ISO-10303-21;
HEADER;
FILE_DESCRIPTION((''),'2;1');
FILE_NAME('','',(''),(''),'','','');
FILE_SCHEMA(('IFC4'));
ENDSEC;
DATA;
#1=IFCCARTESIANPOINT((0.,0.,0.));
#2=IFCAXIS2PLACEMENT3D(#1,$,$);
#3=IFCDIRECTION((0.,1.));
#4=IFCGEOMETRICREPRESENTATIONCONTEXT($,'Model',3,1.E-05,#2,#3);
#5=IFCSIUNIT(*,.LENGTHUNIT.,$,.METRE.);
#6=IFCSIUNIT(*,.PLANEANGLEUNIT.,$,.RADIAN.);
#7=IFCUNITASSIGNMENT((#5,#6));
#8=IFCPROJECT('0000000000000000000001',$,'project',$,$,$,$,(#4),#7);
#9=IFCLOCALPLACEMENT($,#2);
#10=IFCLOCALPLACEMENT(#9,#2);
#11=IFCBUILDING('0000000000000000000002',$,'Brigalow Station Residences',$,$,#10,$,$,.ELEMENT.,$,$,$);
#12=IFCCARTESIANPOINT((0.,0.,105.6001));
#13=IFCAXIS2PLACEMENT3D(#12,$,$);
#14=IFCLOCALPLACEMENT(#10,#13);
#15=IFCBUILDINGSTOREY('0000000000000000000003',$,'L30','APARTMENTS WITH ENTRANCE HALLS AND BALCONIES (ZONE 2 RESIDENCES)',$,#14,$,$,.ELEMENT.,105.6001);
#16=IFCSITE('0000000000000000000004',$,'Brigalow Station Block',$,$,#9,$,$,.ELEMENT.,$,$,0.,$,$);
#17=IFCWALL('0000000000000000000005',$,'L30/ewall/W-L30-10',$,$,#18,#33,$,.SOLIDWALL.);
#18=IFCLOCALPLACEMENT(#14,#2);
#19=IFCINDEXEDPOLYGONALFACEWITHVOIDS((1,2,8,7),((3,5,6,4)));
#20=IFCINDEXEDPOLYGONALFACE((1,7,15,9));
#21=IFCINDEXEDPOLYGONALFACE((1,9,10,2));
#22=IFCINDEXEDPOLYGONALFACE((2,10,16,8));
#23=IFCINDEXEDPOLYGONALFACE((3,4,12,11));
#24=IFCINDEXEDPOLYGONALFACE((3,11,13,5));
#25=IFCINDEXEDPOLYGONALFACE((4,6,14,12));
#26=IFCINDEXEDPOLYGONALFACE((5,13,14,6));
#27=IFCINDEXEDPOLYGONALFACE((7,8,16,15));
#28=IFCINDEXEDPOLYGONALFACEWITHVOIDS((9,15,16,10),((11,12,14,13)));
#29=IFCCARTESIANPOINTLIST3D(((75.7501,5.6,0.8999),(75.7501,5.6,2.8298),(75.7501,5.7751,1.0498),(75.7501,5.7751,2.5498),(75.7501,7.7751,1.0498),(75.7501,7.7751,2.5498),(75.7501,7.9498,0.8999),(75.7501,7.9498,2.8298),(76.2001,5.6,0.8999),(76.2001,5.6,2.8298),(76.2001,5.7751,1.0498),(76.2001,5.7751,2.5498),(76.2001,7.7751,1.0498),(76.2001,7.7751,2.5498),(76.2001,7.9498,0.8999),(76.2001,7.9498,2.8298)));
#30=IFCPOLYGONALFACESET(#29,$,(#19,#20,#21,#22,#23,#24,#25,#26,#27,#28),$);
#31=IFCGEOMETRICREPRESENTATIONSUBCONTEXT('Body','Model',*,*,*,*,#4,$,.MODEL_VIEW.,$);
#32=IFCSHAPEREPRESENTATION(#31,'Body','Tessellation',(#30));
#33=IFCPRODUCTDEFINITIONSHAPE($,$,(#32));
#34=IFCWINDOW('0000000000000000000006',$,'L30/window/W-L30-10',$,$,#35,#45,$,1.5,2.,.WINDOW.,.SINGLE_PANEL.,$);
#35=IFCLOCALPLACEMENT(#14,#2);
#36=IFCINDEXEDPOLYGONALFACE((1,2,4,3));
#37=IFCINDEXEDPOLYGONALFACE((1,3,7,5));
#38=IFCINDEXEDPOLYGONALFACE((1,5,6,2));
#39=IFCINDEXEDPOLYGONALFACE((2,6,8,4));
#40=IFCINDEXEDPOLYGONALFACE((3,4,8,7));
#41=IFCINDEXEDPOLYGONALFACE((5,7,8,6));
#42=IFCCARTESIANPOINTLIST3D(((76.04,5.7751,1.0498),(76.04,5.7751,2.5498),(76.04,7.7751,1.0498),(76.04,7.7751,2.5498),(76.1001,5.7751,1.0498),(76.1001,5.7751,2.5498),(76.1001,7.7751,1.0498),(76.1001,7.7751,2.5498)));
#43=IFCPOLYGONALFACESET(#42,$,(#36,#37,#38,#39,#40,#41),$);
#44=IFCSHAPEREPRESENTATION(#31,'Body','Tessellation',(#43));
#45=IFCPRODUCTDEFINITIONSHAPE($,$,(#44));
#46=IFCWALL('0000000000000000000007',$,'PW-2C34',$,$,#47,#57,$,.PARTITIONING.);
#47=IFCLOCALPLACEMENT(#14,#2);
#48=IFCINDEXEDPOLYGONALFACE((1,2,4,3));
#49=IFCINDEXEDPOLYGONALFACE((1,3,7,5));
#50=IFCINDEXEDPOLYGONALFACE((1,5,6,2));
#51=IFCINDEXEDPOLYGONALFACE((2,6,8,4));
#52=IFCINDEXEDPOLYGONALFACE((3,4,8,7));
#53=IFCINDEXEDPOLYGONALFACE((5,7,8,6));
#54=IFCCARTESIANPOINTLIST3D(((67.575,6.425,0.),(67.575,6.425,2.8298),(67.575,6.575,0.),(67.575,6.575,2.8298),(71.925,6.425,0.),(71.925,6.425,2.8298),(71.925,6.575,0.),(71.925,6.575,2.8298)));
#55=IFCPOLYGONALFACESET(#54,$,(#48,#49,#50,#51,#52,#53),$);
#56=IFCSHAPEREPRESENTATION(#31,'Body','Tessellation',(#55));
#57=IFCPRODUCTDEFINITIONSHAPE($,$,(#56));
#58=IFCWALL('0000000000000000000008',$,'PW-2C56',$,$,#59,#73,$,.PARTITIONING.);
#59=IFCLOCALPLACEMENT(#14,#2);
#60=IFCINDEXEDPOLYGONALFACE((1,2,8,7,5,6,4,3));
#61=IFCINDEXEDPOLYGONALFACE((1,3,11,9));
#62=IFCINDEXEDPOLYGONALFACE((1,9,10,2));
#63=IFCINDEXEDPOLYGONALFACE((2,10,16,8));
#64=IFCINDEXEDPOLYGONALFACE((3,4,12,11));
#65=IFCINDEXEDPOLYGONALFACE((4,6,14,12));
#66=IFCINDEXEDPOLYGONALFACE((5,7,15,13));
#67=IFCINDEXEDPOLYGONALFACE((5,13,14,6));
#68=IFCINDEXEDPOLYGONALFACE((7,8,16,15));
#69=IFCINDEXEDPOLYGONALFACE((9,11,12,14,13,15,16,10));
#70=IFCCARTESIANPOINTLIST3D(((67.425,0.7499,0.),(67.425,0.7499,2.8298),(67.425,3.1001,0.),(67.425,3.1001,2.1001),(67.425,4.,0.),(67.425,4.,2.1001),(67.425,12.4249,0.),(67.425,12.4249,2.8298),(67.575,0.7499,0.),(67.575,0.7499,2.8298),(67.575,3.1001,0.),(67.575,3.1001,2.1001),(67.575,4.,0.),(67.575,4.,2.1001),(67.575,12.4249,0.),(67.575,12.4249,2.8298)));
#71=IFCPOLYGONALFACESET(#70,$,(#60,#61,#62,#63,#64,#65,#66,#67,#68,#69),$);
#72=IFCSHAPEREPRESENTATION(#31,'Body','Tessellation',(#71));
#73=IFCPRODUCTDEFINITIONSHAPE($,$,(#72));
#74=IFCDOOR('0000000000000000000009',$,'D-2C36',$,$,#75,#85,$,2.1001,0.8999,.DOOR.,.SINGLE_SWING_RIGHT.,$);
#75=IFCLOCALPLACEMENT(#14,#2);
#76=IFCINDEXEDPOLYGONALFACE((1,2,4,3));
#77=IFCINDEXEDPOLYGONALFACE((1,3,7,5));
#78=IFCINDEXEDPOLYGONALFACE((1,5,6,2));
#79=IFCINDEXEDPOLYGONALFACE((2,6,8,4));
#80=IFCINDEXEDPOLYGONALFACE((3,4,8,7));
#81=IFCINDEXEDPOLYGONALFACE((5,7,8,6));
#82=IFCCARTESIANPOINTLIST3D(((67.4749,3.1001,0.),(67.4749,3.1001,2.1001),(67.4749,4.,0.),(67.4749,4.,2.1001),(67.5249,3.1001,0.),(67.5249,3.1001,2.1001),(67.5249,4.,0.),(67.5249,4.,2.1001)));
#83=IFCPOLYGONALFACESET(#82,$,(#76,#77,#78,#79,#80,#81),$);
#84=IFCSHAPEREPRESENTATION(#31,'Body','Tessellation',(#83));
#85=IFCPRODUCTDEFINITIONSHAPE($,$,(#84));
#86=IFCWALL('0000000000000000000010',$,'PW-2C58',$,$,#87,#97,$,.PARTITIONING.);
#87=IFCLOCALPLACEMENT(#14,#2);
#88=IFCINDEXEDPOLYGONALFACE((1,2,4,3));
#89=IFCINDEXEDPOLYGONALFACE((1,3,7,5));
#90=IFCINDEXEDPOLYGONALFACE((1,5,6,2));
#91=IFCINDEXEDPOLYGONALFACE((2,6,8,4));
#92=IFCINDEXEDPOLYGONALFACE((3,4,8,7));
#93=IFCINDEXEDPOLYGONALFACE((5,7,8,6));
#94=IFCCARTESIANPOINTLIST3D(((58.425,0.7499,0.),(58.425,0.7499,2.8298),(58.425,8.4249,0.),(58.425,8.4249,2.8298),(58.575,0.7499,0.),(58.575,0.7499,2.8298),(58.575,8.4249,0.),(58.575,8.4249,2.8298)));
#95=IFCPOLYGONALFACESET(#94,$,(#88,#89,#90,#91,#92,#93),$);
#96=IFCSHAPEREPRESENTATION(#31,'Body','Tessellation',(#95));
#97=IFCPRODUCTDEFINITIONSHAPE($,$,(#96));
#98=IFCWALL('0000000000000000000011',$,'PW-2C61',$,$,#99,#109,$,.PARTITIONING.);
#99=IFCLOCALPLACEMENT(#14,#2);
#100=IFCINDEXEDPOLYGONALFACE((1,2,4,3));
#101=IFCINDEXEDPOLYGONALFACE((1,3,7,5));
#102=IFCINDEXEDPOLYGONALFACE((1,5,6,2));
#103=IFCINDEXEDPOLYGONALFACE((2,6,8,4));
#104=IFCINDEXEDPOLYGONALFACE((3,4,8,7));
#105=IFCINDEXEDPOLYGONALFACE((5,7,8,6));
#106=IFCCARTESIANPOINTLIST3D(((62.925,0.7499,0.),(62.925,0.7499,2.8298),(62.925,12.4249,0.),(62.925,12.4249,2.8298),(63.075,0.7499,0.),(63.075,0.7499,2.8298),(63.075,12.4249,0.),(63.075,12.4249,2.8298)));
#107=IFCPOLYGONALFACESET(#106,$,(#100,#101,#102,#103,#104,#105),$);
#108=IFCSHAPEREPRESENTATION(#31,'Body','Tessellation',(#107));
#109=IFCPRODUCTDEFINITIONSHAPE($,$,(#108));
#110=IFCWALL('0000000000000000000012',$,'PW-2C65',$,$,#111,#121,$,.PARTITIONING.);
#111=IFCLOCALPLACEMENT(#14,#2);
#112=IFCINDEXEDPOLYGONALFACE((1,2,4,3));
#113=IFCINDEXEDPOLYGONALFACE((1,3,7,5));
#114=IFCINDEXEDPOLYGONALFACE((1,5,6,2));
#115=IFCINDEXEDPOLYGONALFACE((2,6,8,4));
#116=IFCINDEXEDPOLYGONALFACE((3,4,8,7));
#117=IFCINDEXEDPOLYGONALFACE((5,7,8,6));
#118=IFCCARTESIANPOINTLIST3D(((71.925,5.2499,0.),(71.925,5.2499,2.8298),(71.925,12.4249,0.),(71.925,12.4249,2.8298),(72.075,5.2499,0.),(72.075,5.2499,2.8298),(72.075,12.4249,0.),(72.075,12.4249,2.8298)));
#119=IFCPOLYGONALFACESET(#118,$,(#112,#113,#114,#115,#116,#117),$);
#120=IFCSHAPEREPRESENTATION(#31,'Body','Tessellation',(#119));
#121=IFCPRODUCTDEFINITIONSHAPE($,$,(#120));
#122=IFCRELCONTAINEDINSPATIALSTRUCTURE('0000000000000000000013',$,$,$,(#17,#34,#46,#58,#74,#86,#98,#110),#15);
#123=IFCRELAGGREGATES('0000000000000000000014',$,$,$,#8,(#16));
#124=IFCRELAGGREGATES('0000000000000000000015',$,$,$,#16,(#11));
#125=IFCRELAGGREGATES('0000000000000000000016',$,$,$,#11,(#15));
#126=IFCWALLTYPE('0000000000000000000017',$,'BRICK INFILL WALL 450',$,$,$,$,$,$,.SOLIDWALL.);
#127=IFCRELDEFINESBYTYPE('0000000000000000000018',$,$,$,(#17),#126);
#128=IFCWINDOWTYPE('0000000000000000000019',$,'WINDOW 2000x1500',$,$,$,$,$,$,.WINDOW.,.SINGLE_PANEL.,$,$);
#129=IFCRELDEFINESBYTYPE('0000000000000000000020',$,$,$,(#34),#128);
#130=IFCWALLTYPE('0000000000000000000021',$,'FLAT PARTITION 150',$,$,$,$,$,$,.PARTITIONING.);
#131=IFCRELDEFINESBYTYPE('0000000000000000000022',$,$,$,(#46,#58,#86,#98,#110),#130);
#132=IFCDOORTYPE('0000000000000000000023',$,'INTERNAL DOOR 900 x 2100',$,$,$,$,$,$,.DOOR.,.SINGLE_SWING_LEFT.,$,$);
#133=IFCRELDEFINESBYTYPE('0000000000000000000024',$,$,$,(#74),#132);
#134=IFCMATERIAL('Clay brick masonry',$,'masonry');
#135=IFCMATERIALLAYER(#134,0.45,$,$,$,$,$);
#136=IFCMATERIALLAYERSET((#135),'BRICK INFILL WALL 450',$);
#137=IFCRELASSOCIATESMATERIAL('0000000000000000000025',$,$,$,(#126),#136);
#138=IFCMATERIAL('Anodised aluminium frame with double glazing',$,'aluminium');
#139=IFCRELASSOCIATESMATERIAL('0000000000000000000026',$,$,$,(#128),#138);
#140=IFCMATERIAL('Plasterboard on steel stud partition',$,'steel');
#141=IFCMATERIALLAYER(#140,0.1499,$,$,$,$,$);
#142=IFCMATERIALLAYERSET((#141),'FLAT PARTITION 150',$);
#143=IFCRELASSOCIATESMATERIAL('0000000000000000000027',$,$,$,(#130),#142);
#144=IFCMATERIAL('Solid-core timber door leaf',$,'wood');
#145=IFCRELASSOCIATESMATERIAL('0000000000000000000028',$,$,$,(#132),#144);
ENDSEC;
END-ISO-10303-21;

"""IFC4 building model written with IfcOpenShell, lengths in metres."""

from ifc_helpers import new_model, si_unit, direction, frame, frame_2d, origin, place, context, subcontext, project, spatial, rectangle, extrude, material, layer, layer_set, type_object, element, fill, save


model = new_model("IFC4")

# Units and contexts
model_context = context("Model", 3, precision=1e-05, world=origin(), true_north=direction((0.0, 1.0)))
body_context = subcontext(model_context, "Body", "Model", "MODEL_VIEW")
ifc_project = project(units=[si_unit("LENGTHUNIT", "METRE"), si_unit("PLANEANGLEUNIT", "RADIAN")], contexts=[model_context])

# Site, building, storey
site_placement = place(None, origin())
site = spatial("IfcSite", under=ifc_project, at=site_placement, Name="Brigalow Station Block", CompositionType="ELEMENT", RefElevation=0.0)
building_placement = place(site_placement, origin())
building = spatial("IfcBuilding", under=site, at=building_placement, Name="Brigalow Station Residences", CompositionType="ELEMENT")
storey_placement = place(building_placement, frame((0.0, 0.0, 105.6001)))
storey = spatial("IfcBuildingStorey", under=building, at=storey_placement, Name="L30", Description="APARTMENTS WITH ENTRANCE HALLS AND BALCONIES (ZONE 2 RESIDENCES)", CompositionType="ELEMENT", Elevation=105.6001)

# Wall, opening, window
ifc_material_1 = material(Name="Clay brick masonry", Category="masonry")
ifc_layer_1 = layer(ifc_material_1, 0.45)
ifc_layer_set_1 = layer_set([ifc_layer_1], Name="BRICK INFILL WALL 450")
wall_type_1 = type_object("IfcWallType", Name="BRICK INFILL WALL 450", PredefinedType="SOLIDWALL", material=ifc_layer_set_1)
wall_1_placement = place(storey_placement, frame((75.9751, 5.6001, 0.8999), z_axis=(0.0, 0.0, 1.0), x_axis=(0.0, 1.0, 0.0)))
wall_1 = element("IfcWall", 1, at=wall_1_placement, inside=storey, type_object=wall_type_1, Name="L30/ewall/W-L30-10", PredefinedType="SOLIDWALL", context=body_context, shape_type="SweptSolid", body=[
    extrude(rectangle(XDim=2.3499, YDim=0.45, at=frame_2d((1.1748, 0.0))), origin(), (0.0, 0.0, 1.0), 1.9299),
])
opening_1_placement = place(wall_1_placement, frame((0.175, 0.0, 0.1499)))
opening_1 = element("IfcOpeningElement", 2, at=opening_1_placement, cuts=wall_1, PredefinedType="OPENING", context=body_context, shape_type="SweptSolid", body=[
    extrude(rectangle(XDim=2.0, YDim=1.5, at=frame_2d((1.0, 0.75))), frame((0.0, 0.2349, 0.0), z_axis=(0.0, -1.0, 0.0), x_axis=(1.0, 0.0, 0.0)), (0.0, 0.0, 1.0), 0.47),
])
ifc_material_2 = material(Name="Anodised aluminium frame with double glazing", Category="aluminium")
window_type_1 = type_object("IfcWindowType", Name="WINDOW 2000x1500", PartitioningType="SINGLE_PANEL", PredefinedType="WINDOW", material=ifc_material_2)
window_1_placement = place(opening_1_placement, origin())
window_1 = element("IfcWindow", 3, at=window_1_placement, inside=storey, type_object=window_type_1, Name="L30/window/W-L30-10", OverallHeight=1.5, OverallWidth=2.0, PartitioningType="SINGLE_PANEL", PredefinedType="WINDOW", context=body_context, shape_type="SweptSolid", body=[
    extrude(rectangle(XDim=2.0, YDim=1.5, at=frame_2d((1.0, 0.75))), frame((0.0, -0.0649, 0.0), z_axis=(0.0, -1.0, 0.0), x_axis=(1.0, 0.0, 0.0)), (0.0, 0.0, 1.0), 0.0601),
])
fill(opening_1, window_1)

# Wall
ifc_material_3 = material(Name="Plasterboard on steel stud partition", Category="steel")
ifc_layer_2 = layer(ifc_material_3, 0.1499)
ifc_layer_set_2 = layer_set([ifc_layer_2], Name="FLAT PARTITION 150")
wall_type_2 = type_object("IfcWallType", Name="FLAT PARTITION 150", PredefinedType="PARTITIONING", material=ifc_layer_set_2)
wall_2_placement = place(storey_placement, frame((67.575, 6.5, 0.0), z_axis=(0.0, 0.0, 1.0), x_axis=(1.0, 0.0, 0.0)))
element("IfcWall", 4, at=wall_2_placement, inside=storey, type_object=wall_type_2, Name="PW-2C34", PredefinedType="PARTITIONING", context=body_context, shape_type="SweptSolid", body=[
    extrude(rectangle(XDim=4.3501, YDim=0.1499, at=frame_2d((2.175, 0.0))), origin(), (0.0, 0.0, 1.0), 2.8298),
])

# Wall, opening, door
wall_3_placement = place(storey_placement, frame((67.5, 0.75, 0.0), z_axis=(0.0, 0.0, 1.0), x_axis=(0.0, 1.0, 0.0)))
wall_3 = element("IfcWall", 5, at=wall_3_placement, inside=storey, type_object=wall_type_2, Name="PW-2C56", PredefinedType="PARTITIONING", context=body_context, shape_type="SweptSolid", body=[
    extrude(rectangle(XDim=11.675, YDim=0.1499, at=frame_2d((5.8374, 0.0))), origin(), (0.0, 0.0, 1.0), 2.8298),
])
opening_2_placement = place(wall_3_placement, frame((2.3501, 0.0, 0.0)))
opening_2 = element("IfcOpeningElement", 6, at=opening_2_placement, cuts=wall_3, PredefinedType="OPENING", context=body_context, shape_type="SweptSolid", body=[
    extrude(rectangle(XDim=0.8999, YDim=2.1001, at=frame_2d((0.45, 1.05))), frame((0.0, 0.085, 0.0), z_axis=(0.0, -1.0, 0.0), x_axis=(1.0, 0.0, 0.0)), (0.0, 0.0, 1.0), 0.1699),
])
ifc_material_4 = material(Name="Solid-core timber door leaf", Category="wood")
door_type = type_object("IfcDoorType", Name="INTERNAL DOOR 900 x 2100", OperationType="SINGLE_SWING_LEFT", PredefinedType="DOOR", material=ifc_material_4)
door_placement = place(opening_2_placement, frame((0.8999, 0.0, 0.0), z_axis=(0.0, 0.0, 1.0), x_axis=(-1.0, 0.0, 0.0)))
door = element("IfcDoor", 7, at=door_placement, inside=storey, type_object=door_type, Name="D-2C36", OperationType="SINGLE_SWING_RIGHT", OverallHeight=2.1001, OverallWidth=0.8999, PredefinedType="DOOR", context=body_context, shape_type="SweptSolid", body=[
    extrude(rectangle(XDim=0.8999, YDim=2.1001, at=frame_2d((0.45, 1.05))), frame((0.0, 0.0249, 0.0), z_axis=(0.0, -1.0, 0.0), x_axis=(1.0, 0.0, 0.0)), (0.0, 0.0, 1.0), 0.05),
])
fill(opening_2, door)

# Walls
wall_4_placement = place(storey_placement, frame((58.5, 0.75, 0.0), z_axis=(0.0, 0.0, 1.0), x_axis=(0.0, 1.0, 0.0)))
element("IfcWall", 8, at=wall_4_placement, inside=storey, type_object=wall_type_2, Name="PW-2C58", PredefinedType="PARTITIONING", context=body_context, shape_type="SweptSolid", body=[
    extrude(rectangle(XDim=7.675, YDim=0.1499, at=frame_2d((3.8374, 0.0))), origin(), (0.0, 0.0, 1.0), 2.8298),
])
wall_5_placement = place(storey_placement, frame((63.0, 0.75, 0.0), z_axis=(0.0, 0.0, 1.0), x_axis=(0.0, 1.0, 0.0)))
element("IfcWall", 9, at=wall_5_placement, inside=storey, type_object=wall_type_2, Name="PW-2C61", PredefinedType="PARTITIONING", context=body_context, shape_type="SweptSolid", body=[
    extrude(rectangle(XDim=11.675, YDim=0.1499, at=frame_2d((5.8374, 0.0))), origin(), (0.0, 0.0, 1.0), 2.8298),
])
wall_6_placement = place(storey_placement, frame((72.0, 5.25, 0.0), z_axis=(0.0, 0.0, 1.0), x_axis=(0.0, 1.0, 0.0)))
element("IfcWall", 10, at=wall_6_placement, inside=storey, type_object=wall_type_2, Name="PW-2C65", PredefinedType="PARTITIONING", context=body_context, shape_type="SweptSolid", body=[
    extrude(rectangle(XDim=7.175, YDim=0.1499, at=frame_2d((3.5874, 0.0))), origin(), (0.0, 0.0, 1.0), 2.8298),
])

save(model, "model.ifc")
